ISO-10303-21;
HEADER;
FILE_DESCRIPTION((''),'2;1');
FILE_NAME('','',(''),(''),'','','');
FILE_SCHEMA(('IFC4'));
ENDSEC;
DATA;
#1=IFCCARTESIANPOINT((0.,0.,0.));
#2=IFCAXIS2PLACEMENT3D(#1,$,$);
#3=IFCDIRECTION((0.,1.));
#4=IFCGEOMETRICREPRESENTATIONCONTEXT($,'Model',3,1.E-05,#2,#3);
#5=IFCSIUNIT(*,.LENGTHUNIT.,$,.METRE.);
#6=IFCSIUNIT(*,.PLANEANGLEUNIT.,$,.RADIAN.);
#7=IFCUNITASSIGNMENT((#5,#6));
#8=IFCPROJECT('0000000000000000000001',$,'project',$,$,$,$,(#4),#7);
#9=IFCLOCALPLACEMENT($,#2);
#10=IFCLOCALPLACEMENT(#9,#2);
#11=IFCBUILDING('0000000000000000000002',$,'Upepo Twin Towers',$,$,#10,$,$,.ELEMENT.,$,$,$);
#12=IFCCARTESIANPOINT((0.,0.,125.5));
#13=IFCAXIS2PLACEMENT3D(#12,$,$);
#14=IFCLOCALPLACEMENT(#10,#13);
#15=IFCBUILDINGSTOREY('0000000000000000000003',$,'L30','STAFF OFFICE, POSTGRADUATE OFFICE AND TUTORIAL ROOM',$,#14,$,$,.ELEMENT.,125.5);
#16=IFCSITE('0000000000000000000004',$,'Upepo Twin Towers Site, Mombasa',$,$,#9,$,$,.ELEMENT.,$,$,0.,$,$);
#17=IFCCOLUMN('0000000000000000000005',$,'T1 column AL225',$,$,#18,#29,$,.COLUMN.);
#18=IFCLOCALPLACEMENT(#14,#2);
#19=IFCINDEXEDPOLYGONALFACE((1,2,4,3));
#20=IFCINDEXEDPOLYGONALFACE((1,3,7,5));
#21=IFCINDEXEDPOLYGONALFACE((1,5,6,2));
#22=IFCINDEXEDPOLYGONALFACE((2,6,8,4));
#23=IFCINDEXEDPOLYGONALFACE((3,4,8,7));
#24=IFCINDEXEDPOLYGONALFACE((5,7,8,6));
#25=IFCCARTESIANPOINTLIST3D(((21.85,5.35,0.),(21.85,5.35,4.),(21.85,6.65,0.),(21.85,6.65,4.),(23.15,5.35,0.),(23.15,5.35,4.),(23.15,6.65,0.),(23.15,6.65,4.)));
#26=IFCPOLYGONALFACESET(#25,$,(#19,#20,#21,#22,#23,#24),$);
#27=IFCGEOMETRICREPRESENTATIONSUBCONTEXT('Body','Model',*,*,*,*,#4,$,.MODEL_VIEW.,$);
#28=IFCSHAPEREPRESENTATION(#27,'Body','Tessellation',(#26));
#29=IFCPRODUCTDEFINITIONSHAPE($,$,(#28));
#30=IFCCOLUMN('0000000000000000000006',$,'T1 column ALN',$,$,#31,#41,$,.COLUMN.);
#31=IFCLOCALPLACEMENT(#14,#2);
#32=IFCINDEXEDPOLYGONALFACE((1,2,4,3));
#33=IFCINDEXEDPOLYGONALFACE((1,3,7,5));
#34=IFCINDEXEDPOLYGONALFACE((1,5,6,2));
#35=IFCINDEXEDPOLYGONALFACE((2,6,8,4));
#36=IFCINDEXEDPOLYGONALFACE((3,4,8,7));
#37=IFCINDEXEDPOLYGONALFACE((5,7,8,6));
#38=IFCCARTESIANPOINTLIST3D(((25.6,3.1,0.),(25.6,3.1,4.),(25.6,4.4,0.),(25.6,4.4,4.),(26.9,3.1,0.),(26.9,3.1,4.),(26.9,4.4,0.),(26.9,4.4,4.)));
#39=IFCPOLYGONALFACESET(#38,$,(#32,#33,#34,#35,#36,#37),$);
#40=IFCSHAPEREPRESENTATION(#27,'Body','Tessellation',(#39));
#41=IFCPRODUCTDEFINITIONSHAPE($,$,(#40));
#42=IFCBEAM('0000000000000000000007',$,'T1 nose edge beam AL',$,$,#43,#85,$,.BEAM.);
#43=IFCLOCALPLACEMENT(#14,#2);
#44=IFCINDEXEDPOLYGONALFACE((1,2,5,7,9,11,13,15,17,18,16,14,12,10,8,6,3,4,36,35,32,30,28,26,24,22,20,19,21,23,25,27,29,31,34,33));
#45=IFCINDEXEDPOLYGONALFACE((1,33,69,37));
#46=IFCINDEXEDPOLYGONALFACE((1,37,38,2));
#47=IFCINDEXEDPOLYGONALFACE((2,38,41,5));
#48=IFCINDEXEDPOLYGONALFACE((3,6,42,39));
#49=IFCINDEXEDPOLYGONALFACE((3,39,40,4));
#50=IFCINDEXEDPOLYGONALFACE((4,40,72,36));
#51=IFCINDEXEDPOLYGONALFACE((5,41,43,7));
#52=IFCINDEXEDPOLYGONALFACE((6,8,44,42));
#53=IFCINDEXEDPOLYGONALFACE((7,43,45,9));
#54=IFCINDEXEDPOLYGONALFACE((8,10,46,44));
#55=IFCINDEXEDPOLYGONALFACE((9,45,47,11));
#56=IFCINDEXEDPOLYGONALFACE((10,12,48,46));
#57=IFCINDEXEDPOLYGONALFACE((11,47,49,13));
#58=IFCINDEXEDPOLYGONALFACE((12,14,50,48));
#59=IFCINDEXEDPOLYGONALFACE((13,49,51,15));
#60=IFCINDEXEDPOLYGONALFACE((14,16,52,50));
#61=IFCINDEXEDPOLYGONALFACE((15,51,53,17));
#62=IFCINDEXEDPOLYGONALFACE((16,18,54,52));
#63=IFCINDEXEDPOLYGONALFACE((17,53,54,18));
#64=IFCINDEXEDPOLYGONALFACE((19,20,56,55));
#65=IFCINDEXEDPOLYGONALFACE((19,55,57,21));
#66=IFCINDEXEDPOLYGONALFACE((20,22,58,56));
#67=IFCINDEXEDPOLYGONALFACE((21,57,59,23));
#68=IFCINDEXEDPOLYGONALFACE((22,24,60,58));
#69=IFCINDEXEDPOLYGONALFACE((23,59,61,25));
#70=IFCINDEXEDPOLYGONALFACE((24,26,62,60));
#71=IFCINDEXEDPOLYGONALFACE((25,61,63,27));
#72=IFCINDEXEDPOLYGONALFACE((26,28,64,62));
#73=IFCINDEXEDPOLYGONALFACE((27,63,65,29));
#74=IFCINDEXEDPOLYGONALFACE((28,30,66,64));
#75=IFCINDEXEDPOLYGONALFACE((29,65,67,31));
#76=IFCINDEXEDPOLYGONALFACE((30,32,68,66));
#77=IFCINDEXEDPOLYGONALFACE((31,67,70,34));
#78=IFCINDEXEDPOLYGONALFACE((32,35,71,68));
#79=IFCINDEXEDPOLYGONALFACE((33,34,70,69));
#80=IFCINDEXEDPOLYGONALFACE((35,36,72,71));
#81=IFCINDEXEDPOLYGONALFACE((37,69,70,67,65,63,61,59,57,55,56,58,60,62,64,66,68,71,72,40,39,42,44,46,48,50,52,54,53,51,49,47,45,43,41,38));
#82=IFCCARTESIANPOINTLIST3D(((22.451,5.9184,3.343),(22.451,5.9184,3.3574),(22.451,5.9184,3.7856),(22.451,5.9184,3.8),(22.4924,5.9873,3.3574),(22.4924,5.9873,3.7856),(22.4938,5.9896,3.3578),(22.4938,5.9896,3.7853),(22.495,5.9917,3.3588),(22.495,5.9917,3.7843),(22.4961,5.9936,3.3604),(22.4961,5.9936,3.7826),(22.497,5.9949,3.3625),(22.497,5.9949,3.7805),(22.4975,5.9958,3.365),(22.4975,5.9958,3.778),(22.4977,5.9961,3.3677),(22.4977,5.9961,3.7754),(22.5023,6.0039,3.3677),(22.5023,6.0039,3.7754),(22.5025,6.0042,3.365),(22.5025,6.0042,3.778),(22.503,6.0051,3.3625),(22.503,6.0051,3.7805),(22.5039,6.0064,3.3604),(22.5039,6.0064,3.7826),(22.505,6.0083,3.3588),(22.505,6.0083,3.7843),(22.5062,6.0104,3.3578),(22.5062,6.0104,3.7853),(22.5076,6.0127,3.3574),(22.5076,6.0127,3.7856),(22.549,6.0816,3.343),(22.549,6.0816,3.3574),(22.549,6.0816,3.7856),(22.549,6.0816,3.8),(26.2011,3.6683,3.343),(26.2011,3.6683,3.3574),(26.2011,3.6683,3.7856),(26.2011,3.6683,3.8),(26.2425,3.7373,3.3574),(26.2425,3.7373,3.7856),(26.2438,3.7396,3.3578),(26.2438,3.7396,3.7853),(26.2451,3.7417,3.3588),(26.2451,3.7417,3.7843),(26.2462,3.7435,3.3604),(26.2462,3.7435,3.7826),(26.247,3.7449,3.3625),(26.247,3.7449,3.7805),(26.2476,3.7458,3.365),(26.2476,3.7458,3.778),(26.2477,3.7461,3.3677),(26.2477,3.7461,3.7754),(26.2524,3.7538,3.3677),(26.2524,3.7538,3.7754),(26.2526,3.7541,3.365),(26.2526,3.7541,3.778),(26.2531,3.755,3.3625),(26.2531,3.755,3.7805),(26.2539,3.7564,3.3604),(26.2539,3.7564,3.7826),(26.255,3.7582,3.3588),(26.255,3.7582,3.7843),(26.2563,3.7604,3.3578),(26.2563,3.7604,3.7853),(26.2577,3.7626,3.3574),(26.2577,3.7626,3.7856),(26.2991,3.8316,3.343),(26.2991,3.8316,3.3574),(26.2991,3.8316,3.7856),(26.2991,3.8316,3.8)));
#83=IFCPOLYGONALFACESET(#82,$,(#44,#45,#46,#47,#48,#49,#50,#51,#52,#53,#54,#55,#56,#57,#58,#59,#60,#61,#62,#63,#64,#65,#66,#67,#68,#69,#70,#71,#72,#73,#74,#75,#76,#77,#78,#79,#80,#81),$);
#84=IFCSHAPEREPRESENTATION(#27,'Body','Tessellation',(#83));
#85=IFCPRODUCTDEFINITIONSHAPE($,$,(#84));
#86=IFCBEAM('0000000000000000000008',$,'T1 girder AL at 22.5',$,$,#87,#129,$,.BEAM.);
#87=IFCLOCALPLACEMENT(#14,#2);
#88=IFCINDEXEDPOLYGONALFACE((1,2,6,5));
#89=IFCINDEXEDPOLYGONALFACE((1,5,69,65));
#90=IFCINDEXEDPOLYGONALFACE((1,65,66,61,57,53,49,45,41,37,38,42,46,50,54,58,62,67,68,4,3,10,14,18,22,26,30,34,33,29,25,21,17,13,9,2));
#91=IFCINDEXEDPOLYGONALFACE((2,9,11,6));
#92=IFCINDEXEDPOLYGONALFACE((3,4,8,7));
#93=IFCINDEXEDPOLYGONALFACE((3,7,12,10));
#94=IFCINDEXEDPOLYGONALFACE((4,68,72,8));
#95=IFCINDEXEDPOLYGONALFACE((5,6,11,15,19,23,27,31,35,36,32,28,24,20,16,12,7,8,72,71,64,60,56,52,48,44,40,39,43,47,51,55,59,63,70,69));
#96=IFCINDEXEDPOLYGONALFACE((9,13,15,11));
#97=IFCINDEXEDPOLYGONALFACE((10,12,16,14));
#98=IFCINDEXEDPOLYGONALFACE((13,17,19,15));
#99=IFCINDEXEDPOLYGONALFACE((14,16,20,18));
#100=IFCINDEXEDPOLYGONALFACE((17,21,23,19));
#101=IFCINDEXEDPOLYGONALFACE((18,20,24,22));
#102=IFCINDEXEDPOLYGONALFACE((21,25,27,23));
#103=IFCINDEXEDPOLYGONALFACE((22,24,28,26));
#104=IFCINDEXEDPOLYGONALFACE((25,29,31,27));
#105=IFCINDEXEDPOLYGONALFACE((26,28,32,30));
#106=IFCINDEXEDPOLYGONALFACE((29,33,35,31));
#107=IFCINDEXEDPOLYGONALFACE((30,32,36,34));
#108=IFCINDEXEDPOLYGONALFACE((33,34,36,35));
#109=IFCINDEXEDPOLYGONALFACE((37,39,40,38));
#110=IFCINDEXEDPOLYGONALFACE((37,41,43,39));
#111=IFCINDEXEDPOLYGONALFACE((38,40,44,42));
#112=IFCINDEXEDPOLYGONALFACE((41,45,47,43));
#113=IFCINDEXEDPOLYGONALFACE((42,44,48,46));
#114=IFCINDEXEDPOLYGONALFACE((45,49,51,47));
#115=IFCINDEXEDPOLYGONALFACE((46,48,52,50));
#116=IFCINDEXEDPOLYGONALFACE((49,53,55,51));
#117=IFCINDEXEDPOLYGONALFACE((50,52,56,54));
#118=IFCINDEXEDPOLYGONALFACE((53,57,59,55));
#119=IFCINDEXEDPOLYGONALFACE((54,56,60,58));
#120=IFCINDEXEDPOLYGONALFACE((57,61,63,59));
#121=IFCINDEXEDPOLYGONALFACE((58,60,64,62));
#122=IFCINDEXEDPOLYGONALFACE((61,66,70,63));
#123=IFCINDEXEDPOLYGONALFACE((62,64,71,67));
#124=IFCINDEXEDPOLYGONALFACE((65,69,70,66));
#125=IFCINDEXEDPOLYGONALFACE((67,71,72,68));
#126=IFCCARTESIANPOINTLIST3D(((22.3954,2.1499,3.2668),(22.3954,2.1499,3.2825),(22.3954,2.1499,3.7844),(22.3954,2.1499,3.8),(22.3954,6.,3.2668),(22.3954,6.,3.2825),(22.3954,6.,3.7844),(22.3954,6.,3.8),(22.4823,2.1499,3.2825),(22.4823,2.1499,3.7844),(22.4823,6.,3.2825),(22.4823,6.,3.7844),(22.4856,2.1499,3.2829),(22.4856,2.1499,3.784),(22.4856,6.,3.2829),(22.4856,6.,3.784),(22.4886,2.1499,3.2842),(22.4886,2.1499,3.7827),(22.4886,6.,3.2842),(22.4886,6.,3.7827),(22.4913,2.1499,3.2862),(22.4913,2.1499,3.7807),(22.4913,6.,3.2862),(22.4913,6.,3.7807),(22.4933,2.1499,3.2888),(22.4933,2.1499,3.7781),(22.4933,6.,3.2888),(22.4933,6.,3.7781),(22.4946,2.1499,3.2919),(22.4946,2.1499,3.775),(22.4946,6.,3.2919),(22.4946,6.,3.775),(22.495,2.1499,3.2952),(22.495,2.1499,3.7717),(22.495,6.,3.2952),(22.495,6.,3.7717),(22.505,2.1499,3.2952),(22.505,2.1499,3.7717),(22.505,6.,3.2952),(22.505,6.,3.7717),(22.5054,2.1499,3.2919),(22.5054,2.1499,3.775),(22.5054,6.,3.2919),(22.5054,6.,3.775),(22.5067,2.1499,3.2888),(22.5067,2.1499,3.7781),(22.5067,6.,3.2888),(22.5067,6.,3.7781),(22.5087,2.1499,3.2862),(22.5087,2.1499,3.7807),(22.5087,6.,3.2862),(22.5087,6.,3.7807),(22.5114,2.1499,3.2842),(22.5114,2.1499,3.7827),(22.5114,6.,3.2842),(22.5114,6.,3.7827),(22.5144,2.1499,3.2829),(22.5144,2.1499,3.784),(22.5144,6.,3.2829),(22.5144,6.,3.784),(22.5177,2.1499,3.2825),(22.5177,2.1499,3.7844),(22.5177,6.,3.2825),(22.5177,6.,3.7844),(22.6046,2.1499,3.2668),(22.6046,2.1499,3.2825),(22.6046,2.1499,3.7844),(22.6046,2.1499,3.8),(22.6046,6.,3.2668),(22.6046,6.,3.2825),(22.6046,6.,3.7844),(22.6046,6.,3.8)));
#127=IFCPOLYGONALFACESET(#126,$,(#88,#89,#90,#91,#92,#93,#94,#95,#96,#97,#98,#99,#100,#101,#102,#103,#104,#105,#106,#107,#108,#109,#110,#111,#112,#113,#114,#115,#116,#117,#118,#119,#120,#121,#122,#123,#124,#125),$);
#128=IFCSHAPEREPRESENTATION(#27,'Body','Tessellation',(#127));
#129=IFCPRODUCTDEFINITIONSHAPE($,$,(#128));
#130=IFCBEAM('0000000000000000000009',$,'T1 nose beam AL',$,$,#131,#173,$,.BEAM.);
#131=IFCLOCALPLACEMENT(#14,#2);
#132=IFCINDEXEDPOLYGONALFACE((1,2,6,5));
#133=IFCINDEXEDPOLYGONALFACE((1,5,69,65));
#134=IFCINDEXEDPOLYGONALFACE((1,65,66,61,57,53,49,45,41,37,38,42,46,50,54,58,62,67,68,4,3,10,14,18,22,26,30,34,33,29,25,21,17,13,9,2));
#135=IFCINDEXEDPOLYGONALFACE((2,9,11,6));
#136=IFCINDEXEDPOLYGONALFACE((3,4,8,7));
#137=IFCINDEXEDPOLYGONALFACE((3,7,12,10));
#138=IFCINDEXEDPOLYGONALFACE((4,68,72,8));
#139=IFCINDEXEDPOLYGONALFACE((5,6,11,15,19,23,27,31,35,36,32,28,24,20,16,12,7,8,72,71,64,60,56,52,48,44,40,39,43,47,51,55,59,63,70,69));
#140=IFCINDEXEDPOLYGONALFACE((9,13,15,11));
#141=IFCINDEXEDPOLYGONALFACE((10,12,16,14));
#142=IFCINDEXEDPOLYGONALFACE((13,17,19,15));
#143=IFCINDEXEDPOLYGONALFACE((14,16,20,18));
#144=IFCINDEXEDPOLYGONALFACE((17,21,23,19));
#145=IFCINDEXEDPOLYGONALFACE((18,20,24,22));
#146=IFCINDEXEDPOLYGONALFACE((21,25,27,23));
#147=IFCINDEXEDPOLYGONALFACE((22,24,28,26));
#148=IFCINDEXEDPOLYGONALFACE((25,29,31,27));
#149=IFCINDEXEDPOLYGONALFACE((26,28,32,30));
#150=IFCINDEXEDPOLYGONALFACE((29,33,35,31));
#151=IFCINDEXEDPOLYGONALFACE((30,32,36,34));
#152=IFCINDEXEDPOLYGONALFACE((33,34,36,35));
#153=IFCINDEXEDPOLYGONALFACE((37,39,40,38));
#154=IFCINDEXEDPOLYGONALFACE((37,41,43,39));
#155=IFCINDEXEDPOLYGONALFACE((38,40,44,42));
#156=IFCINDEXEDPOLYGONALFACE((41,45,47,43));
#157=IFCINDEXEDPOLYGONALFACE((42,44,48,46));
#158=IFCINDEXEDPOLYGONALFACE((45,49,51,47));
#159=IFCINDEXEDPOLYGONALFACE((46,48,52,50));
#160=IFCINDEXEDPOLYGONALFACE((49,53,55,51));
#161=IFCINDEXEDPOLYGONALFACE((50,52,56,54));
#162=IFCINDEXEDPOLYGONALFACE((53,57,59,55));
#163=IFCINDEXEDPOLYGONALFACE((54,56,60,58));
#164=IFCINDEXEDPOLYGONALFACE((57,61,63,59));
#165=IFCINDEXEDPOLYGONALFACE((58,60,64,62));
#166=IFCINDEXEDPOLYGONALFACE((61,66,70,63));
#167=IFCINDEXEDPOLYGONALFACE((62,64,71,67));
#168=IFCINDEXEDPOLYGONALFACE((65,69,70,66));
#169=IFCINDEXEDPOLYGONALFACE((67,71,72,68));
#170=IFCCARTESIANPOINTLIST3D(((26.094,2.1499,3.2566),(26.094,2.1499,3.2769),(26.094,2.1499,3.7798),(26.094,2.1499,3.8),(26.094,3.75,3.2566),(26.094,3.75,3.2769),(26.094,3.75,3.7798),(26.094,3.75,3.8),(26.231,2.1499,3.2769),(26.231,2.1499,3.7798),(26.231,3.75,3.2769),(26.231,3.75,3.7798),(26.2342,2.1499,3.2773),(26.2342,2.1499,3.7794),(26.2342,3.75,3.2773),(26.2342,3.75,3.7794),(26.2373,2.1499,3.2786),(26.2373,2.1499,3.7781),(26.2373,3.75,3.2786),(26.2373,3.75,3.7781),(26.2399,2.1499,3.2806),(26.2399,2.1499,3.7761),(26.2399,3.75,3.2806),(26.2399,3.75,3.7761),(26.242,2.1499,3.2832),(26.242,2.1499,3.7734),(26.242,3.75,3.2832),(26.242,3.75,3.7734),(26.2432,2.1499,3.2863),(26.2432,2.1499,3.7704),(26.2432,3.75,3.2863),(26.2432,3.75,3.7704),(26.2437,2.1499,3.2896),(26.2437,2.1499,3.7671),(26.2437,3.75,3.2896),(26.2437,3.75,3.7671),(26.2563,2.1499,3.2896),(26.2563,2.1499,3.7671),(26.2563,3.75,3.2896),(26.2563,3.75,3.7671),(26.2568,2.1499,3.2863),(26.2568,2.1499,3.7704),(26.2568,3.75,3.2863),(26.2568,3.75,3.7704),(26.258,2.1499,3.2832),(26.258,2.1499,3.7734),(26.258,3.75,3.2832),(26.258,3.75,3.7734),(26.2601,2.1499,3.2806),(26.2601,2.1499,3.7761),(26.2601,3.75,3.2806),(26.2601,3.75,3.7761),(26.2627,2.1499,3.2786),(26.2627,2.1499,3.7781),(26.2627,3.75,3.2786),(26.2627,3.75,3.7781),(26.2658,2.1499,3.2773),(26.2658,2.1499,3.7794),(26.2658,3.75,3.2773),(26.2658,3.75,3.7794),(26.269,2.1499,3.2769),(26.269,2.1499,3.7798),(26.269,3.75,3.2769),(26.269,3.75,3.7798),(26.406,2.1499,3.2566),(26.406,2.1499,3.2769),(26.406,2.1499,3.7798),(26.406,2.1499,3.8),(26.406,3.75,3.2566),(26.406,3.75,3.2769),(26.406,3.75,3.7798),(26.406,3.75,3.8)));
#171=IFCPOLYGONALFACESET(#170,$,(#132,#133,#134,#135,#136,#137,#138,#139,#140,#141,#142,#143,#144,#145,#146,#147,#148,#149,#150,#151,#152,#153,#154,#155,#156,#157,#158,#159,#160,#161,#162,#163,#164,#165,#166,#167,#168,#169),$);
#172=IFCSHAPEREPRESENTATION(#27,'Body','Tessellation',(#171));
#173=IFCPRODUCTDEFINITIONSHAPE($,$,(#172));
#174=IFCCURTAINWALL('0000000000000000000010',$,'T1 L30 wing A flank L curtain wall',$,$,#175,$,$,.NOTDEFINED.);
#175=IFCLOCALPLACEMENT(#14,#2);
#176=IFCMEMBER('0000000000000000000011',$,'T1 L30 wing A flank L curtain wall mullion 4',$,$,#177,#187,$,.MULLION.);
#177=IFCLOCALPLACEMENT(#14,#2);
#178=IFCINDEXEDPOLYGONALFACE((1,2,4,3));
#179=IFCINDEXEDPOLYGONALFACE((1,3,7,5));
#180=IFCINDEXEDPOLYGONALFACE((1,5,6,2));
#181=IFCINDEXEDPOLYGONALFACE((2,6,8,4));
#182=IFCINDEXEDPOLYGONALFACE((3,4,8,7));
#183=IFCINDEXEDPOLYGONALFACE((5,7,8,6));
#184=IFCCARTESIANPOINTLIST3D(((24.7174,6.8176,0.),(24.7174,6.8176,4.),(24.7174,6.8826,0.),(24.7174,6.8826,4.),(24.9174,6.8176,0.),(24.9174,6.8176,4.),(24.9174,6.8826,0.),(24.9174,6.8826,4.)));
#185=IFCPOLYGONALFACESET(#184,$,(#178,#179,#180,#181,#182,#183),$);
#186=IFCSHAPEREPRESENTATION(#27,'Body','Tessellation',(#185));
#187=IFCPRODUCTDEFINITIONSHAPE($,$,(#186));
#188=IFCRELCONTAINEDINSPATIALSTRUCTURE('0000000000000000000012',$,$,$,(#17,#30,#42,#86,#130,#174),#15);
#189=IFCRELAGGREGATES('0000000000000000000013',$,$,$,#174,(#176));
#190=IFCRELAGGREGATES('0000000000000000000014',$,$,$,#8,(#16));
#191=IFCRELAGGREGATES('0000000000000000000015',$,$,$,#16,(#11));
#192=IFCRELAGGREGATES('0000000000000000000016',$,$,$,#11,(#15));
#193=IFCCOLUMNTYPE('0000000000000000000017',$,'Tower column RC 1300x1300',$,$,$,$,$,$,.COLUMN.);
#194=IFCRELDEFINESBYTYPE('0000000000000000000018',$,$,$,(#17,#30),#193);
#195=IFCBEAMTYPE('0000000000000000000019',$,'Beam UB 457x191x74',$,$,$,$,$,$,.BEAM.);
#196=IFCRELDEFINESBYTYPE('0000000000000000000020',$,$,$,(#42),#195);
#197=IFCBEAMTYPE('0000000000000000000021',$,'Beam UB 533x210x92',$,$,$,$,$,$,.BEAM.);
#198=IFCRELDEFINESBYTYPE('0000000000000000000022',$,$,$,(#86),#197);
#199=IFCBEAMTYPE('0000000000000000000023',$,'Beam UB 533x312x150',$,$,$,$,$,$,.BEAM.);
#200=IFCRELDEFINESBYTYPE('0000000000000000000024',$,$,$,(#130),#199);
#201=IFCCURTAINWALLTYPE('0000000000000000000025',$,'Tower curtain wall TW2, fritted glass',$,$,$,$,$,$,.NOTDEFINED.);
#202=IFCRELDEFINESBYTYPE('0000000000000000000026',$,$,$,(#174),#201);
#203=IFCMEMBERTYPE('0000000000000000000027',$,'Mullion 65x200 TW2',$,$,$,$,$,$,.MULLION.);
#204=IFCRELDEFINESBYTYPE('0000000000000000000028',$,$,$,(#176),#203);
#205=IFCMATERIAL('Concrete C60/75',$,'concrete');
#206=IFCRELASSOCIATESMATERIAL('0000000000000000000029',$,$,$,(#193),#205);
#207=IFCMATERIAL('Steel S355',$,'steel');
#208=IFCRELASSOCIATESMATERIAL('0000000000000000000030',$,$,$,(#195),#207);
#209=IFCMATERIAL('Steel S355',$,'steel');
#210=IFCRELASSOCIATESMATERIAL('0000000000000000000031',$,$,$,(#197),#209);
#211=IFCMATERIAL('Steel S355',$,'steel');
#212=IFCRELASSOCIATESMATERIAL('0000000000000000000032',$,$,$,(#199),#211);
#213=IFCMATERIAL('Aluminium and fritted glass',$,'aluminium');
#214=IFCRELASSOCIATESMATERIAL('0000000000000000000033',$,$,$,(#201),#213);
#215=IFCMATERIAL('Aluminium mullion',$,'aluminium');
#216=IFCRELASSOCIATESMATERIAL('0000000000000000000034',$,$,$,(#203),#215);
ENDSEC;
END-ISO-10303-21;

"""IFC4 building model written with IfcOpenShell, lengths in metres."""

from ifc_helpers import new_model, si_unit, direction, frame, origin, origin_2d, place, context, subcontext, project, spatial, rectangle, i_section, extrude, material, material_profile, profile_set, type_object, element, aggregate, save


model = new_model("IFC4")

# Units and contexts
model_context = context("Model", 3, precision=1e-05, world=origin(), true_north=direction((0.0, 1.0)))
body_context = subcontext(model_context, "Body", "Model", "MODEL_VIEW")
ifc_project = project(units=[si_unit("LENGTHUNIT", "METRE"), si_unit("PLANEANGLEUNIT", "RADIAN")], contexts=[model_context])

# Site, building, storey
site_placement = place(None, origin())
site = spatial("IfcSite", under=ifc_project, at=site_placement, Name="Upepo Twin Towers Site, Mombasa", CompositionType="ELEMENT", RefElevation=0.0)
building_placement = place(site_placement, origin())
building = spatial("IfcBuilding", under=site, at=building_placement, Name="Upepo Twin Towers", CompositionType="ELEMENT")
storey_placement = place(building_placement, frame((0.0, 0.0, 125.5)))
storey = spatial("IfcBuildingStorey", under=building, at=storey_placement, Name="L30", Description="STAFF OFFICE, POSTGRADUATE OFFICE AND TUTORIAL ROOM", CompositionType="ELEMENT", Elevation=125.5)

# Columns
ifc_material_1 = material(Name="Concrete C60/75", Category="concrete")
ifc_material_profile_1 = material_profile(ifc_material_1, rectangle(XDim=1.3, YDim=1.3, at=origin_2d()), Name="RC 1300x1300")
ifc_profile_set_1 = profile_set([ifc_material_profile_1], Name="Concrete C60/75")
column_type = type_object("IfcColumnType", Name="Tower column RC 1300x1300", PredefinedType="COLUMN", material=ifc_profile_set_1)
for number, where, z_axis, x_axis, name in (
    (1, (22.5, 6.0, 0.0), (0.0, 0.0, 1.0), (1.0, 0.0, 0.0), "T1 column AL225"),
    (2, (26.25, 3.75, 0.0), (0.0, 0.0, 1.0), (1.0, 0.0, 0.0), "T1 column ALN"),
):
    element("IfcColumn", number, at=place(storey_placement, frame(where, z_axis=z_axis, x_axis=x_axis)), inside=storey, type_object=column_type, Name=name, PredefinedType="COLUMN", context=body_context, shape_type="SweptSolid", body=[
        extrude(rectangle(XDim=1.3, YDim=1.3, at=origin_2d()), origin(), (0.0, 0.0, 1.0), 4.0),
    ])

# Beams
ifc_material_2 = material(Name="Steel S355", Category="steel")
ifc_material_profile_2 = material_profile(ifc_material_2, i_section(OverallWidth=0.1904, OverallDepth=0.457, WebThickness=0.009, FlangeThickness=0.0144, FilletRadius=0.0103, at=origin_2d()), Name="UB 457x191x74")
ifc_profile_set_2 = profile_set([ifc_material_profile_2], Name="Steel S355")
beam_type_1 = type_object("IfcBeamType", Name="Beam UB 457x191x74", PredefinedType="BEAM", material=ifc_profile_set_2)
beam_1_placement = place(storey_placement, frame((22.5, 6.0, 3.5715), z_axis=(0.857493, -0.514496, 0.0), x_axis=(0.514496, 0.857493, 0.0)))
element("IfcBeam", 3, at=beam_1_placement, inside=storey, type_object=beam_type_1, Name="T1 nose edge beam AL", PredefinedType="BEAM", context=body_context, shape_type="SweptSolid", body=[
    extrude(i_section(OverallWidth=0.1904, OverallDepth=0.457, WebThickness=0.009, FlangeThickness=0.0144, FilletRadius=0.0103, at=origin_2d()), origin(), (0.0, 0.0, 1.0), 4.3733),
])
ifc_material_3 = material(Name="Steel S355", Category="steel")
ifc_material_profile_3 = material_profile(ifc_material_3, i_section(OverallWidth=0.2092, OverallDepth=0.5332, WebThickness=0.01, FlangeThickness=0.0156, FilletRadius=0.0127, at=origin_2d()), Name="UB 533x210x92")
ifc_profile_set_3 = profile_set([ifc_material_profile_3], Name="Steel S355")
beam_type_2 = type_object("IfcBeamType", Name="Beam UB 533x210x92", PredefinedType="BEAM", material=ifc_profile_set_3)
beam_2_placement = place(storey_placement, frame((22.5, 6.0, 3.5334), z_axis=(0.0, -1.0, 0.0), x_axis=(1.0, 0.0, 0.0)))
element("IfcBeam", 4, at=beam_2_placement, inside=storey, type_object=beam_type_2, Name="T1 girder AL at 22.5", PredefinedType="BEAM", context=body_context, shape_type="SweptSolid", body=[
    extrude(i_section(OverallWidth=0.2092, OverallDepth=0.5332, WebThickness=0.01, FlangeThickness=0.0156, FilletRadius=0.0127, at=origin_2d()), origin(), (0.0, 0.0, 1.0), 3.8501),
])
ifc_material_4 = material(Name="Steel S355", Category="steel")
ifc_material_profile_4 = material_profile(ifc_material_4, i_section(OverallWidth=0.312, OverallDepth=0.5435, WebThickness=0.0127, FlangeThickness=0.0203, FilletRadius=0.0127, at=origin_2d()), Name="UB 533x312x150")
ifc_profile_set_4 = profile_set([ifc_material_profile_4], Name="Steel S355")
beam_type_3 = type_object("IfcBeamType", Name="Beam UB 533x312x150", PredefinedType="BEAM", material=ifc_profile_set_4)
beam_3_placement = place(storey_placement, frame((26.25, 3.75, 3.5283), z_axis=(0.0, -1.0, 0.0), x_axis=(1.0, 0.0, 0.0)))
element("IfcBeam", 5, at=beam_3_placement, inside=storey, type_object=beam_type_3, Name="T1 nose beam AL", PredefinedType="BEAM", context=body_context, shape_type="SweptSolid", body=[
    extrude(i_section(OverallWidth=0.312, OverallDepth=0.5435, WebThickness=0.0127, FlangeThickness=0.0203, FilletRadius=0.0127, at=origin_2d()), origin(), (0.0, 0.0, 1.0), 1.6001),
])

# Curtain wall, member
ifc_material_5 = material(Name="Aluminium and fritted glass", Category="aluminium")
curtain_wall_type = type_object("IfcCurtainWallType", Name="Tower curtain wall TW2, fritted glass", PredefinedType="NOTDEFINED", material=ifc_material_5)
curtain_wall_1_placement = place(storey_placement, origin())
curtain_wall_1 = element("IfcCurtainWall", 6, at=curtain_wall_1_placement, inside=storey, type_object=curtain_wall_type, Name="T1 L30 wing A flank L curtain wall", PredefinedType="NOTDEFINED")
ifc_material_6 = material(Name="Aluminium mullion", Category="aluminium")
ifc_material_profile_5 = material_profile(ifc_material_6, rectangle(XDim=0.0649, YDim=0.2, at=origin_2d()), Name="MULLION 65x200")
ifc_profile_set_5 = profile_set([ifc_material_profile_5], Name="Aluminium mullion")
member_type_1 = type_object("IfcMemberType", Name="Mullion 65x200 TW2", PredefinedType="MULLION", material=ifc_profile_set_5)
member_1_placement = place(storey_placement, frame((24.8174, 6.8501, 0.0), z_axis=(0.0, 0.0, 1.0), x_axis=(0.0, 1.0, 0.0)))
member_1 = element("IfcMember", 7, at=member_1_placement, type_object=member_type_1, Name="T1 L30 wing A flank L curtain wall mullion 4", PredefinedType="MULLION", context=body_context, shape_type="SweptSolid", body=[
    extrude(rectangle(XDim=0.0649, YDim=0.2, at=origin_2d()), origin(), (0.0, 0.0, 1.0), 4.0),
])

aggregate(curtain_wall_1, [member_1])

save(model, "model.ifc")
